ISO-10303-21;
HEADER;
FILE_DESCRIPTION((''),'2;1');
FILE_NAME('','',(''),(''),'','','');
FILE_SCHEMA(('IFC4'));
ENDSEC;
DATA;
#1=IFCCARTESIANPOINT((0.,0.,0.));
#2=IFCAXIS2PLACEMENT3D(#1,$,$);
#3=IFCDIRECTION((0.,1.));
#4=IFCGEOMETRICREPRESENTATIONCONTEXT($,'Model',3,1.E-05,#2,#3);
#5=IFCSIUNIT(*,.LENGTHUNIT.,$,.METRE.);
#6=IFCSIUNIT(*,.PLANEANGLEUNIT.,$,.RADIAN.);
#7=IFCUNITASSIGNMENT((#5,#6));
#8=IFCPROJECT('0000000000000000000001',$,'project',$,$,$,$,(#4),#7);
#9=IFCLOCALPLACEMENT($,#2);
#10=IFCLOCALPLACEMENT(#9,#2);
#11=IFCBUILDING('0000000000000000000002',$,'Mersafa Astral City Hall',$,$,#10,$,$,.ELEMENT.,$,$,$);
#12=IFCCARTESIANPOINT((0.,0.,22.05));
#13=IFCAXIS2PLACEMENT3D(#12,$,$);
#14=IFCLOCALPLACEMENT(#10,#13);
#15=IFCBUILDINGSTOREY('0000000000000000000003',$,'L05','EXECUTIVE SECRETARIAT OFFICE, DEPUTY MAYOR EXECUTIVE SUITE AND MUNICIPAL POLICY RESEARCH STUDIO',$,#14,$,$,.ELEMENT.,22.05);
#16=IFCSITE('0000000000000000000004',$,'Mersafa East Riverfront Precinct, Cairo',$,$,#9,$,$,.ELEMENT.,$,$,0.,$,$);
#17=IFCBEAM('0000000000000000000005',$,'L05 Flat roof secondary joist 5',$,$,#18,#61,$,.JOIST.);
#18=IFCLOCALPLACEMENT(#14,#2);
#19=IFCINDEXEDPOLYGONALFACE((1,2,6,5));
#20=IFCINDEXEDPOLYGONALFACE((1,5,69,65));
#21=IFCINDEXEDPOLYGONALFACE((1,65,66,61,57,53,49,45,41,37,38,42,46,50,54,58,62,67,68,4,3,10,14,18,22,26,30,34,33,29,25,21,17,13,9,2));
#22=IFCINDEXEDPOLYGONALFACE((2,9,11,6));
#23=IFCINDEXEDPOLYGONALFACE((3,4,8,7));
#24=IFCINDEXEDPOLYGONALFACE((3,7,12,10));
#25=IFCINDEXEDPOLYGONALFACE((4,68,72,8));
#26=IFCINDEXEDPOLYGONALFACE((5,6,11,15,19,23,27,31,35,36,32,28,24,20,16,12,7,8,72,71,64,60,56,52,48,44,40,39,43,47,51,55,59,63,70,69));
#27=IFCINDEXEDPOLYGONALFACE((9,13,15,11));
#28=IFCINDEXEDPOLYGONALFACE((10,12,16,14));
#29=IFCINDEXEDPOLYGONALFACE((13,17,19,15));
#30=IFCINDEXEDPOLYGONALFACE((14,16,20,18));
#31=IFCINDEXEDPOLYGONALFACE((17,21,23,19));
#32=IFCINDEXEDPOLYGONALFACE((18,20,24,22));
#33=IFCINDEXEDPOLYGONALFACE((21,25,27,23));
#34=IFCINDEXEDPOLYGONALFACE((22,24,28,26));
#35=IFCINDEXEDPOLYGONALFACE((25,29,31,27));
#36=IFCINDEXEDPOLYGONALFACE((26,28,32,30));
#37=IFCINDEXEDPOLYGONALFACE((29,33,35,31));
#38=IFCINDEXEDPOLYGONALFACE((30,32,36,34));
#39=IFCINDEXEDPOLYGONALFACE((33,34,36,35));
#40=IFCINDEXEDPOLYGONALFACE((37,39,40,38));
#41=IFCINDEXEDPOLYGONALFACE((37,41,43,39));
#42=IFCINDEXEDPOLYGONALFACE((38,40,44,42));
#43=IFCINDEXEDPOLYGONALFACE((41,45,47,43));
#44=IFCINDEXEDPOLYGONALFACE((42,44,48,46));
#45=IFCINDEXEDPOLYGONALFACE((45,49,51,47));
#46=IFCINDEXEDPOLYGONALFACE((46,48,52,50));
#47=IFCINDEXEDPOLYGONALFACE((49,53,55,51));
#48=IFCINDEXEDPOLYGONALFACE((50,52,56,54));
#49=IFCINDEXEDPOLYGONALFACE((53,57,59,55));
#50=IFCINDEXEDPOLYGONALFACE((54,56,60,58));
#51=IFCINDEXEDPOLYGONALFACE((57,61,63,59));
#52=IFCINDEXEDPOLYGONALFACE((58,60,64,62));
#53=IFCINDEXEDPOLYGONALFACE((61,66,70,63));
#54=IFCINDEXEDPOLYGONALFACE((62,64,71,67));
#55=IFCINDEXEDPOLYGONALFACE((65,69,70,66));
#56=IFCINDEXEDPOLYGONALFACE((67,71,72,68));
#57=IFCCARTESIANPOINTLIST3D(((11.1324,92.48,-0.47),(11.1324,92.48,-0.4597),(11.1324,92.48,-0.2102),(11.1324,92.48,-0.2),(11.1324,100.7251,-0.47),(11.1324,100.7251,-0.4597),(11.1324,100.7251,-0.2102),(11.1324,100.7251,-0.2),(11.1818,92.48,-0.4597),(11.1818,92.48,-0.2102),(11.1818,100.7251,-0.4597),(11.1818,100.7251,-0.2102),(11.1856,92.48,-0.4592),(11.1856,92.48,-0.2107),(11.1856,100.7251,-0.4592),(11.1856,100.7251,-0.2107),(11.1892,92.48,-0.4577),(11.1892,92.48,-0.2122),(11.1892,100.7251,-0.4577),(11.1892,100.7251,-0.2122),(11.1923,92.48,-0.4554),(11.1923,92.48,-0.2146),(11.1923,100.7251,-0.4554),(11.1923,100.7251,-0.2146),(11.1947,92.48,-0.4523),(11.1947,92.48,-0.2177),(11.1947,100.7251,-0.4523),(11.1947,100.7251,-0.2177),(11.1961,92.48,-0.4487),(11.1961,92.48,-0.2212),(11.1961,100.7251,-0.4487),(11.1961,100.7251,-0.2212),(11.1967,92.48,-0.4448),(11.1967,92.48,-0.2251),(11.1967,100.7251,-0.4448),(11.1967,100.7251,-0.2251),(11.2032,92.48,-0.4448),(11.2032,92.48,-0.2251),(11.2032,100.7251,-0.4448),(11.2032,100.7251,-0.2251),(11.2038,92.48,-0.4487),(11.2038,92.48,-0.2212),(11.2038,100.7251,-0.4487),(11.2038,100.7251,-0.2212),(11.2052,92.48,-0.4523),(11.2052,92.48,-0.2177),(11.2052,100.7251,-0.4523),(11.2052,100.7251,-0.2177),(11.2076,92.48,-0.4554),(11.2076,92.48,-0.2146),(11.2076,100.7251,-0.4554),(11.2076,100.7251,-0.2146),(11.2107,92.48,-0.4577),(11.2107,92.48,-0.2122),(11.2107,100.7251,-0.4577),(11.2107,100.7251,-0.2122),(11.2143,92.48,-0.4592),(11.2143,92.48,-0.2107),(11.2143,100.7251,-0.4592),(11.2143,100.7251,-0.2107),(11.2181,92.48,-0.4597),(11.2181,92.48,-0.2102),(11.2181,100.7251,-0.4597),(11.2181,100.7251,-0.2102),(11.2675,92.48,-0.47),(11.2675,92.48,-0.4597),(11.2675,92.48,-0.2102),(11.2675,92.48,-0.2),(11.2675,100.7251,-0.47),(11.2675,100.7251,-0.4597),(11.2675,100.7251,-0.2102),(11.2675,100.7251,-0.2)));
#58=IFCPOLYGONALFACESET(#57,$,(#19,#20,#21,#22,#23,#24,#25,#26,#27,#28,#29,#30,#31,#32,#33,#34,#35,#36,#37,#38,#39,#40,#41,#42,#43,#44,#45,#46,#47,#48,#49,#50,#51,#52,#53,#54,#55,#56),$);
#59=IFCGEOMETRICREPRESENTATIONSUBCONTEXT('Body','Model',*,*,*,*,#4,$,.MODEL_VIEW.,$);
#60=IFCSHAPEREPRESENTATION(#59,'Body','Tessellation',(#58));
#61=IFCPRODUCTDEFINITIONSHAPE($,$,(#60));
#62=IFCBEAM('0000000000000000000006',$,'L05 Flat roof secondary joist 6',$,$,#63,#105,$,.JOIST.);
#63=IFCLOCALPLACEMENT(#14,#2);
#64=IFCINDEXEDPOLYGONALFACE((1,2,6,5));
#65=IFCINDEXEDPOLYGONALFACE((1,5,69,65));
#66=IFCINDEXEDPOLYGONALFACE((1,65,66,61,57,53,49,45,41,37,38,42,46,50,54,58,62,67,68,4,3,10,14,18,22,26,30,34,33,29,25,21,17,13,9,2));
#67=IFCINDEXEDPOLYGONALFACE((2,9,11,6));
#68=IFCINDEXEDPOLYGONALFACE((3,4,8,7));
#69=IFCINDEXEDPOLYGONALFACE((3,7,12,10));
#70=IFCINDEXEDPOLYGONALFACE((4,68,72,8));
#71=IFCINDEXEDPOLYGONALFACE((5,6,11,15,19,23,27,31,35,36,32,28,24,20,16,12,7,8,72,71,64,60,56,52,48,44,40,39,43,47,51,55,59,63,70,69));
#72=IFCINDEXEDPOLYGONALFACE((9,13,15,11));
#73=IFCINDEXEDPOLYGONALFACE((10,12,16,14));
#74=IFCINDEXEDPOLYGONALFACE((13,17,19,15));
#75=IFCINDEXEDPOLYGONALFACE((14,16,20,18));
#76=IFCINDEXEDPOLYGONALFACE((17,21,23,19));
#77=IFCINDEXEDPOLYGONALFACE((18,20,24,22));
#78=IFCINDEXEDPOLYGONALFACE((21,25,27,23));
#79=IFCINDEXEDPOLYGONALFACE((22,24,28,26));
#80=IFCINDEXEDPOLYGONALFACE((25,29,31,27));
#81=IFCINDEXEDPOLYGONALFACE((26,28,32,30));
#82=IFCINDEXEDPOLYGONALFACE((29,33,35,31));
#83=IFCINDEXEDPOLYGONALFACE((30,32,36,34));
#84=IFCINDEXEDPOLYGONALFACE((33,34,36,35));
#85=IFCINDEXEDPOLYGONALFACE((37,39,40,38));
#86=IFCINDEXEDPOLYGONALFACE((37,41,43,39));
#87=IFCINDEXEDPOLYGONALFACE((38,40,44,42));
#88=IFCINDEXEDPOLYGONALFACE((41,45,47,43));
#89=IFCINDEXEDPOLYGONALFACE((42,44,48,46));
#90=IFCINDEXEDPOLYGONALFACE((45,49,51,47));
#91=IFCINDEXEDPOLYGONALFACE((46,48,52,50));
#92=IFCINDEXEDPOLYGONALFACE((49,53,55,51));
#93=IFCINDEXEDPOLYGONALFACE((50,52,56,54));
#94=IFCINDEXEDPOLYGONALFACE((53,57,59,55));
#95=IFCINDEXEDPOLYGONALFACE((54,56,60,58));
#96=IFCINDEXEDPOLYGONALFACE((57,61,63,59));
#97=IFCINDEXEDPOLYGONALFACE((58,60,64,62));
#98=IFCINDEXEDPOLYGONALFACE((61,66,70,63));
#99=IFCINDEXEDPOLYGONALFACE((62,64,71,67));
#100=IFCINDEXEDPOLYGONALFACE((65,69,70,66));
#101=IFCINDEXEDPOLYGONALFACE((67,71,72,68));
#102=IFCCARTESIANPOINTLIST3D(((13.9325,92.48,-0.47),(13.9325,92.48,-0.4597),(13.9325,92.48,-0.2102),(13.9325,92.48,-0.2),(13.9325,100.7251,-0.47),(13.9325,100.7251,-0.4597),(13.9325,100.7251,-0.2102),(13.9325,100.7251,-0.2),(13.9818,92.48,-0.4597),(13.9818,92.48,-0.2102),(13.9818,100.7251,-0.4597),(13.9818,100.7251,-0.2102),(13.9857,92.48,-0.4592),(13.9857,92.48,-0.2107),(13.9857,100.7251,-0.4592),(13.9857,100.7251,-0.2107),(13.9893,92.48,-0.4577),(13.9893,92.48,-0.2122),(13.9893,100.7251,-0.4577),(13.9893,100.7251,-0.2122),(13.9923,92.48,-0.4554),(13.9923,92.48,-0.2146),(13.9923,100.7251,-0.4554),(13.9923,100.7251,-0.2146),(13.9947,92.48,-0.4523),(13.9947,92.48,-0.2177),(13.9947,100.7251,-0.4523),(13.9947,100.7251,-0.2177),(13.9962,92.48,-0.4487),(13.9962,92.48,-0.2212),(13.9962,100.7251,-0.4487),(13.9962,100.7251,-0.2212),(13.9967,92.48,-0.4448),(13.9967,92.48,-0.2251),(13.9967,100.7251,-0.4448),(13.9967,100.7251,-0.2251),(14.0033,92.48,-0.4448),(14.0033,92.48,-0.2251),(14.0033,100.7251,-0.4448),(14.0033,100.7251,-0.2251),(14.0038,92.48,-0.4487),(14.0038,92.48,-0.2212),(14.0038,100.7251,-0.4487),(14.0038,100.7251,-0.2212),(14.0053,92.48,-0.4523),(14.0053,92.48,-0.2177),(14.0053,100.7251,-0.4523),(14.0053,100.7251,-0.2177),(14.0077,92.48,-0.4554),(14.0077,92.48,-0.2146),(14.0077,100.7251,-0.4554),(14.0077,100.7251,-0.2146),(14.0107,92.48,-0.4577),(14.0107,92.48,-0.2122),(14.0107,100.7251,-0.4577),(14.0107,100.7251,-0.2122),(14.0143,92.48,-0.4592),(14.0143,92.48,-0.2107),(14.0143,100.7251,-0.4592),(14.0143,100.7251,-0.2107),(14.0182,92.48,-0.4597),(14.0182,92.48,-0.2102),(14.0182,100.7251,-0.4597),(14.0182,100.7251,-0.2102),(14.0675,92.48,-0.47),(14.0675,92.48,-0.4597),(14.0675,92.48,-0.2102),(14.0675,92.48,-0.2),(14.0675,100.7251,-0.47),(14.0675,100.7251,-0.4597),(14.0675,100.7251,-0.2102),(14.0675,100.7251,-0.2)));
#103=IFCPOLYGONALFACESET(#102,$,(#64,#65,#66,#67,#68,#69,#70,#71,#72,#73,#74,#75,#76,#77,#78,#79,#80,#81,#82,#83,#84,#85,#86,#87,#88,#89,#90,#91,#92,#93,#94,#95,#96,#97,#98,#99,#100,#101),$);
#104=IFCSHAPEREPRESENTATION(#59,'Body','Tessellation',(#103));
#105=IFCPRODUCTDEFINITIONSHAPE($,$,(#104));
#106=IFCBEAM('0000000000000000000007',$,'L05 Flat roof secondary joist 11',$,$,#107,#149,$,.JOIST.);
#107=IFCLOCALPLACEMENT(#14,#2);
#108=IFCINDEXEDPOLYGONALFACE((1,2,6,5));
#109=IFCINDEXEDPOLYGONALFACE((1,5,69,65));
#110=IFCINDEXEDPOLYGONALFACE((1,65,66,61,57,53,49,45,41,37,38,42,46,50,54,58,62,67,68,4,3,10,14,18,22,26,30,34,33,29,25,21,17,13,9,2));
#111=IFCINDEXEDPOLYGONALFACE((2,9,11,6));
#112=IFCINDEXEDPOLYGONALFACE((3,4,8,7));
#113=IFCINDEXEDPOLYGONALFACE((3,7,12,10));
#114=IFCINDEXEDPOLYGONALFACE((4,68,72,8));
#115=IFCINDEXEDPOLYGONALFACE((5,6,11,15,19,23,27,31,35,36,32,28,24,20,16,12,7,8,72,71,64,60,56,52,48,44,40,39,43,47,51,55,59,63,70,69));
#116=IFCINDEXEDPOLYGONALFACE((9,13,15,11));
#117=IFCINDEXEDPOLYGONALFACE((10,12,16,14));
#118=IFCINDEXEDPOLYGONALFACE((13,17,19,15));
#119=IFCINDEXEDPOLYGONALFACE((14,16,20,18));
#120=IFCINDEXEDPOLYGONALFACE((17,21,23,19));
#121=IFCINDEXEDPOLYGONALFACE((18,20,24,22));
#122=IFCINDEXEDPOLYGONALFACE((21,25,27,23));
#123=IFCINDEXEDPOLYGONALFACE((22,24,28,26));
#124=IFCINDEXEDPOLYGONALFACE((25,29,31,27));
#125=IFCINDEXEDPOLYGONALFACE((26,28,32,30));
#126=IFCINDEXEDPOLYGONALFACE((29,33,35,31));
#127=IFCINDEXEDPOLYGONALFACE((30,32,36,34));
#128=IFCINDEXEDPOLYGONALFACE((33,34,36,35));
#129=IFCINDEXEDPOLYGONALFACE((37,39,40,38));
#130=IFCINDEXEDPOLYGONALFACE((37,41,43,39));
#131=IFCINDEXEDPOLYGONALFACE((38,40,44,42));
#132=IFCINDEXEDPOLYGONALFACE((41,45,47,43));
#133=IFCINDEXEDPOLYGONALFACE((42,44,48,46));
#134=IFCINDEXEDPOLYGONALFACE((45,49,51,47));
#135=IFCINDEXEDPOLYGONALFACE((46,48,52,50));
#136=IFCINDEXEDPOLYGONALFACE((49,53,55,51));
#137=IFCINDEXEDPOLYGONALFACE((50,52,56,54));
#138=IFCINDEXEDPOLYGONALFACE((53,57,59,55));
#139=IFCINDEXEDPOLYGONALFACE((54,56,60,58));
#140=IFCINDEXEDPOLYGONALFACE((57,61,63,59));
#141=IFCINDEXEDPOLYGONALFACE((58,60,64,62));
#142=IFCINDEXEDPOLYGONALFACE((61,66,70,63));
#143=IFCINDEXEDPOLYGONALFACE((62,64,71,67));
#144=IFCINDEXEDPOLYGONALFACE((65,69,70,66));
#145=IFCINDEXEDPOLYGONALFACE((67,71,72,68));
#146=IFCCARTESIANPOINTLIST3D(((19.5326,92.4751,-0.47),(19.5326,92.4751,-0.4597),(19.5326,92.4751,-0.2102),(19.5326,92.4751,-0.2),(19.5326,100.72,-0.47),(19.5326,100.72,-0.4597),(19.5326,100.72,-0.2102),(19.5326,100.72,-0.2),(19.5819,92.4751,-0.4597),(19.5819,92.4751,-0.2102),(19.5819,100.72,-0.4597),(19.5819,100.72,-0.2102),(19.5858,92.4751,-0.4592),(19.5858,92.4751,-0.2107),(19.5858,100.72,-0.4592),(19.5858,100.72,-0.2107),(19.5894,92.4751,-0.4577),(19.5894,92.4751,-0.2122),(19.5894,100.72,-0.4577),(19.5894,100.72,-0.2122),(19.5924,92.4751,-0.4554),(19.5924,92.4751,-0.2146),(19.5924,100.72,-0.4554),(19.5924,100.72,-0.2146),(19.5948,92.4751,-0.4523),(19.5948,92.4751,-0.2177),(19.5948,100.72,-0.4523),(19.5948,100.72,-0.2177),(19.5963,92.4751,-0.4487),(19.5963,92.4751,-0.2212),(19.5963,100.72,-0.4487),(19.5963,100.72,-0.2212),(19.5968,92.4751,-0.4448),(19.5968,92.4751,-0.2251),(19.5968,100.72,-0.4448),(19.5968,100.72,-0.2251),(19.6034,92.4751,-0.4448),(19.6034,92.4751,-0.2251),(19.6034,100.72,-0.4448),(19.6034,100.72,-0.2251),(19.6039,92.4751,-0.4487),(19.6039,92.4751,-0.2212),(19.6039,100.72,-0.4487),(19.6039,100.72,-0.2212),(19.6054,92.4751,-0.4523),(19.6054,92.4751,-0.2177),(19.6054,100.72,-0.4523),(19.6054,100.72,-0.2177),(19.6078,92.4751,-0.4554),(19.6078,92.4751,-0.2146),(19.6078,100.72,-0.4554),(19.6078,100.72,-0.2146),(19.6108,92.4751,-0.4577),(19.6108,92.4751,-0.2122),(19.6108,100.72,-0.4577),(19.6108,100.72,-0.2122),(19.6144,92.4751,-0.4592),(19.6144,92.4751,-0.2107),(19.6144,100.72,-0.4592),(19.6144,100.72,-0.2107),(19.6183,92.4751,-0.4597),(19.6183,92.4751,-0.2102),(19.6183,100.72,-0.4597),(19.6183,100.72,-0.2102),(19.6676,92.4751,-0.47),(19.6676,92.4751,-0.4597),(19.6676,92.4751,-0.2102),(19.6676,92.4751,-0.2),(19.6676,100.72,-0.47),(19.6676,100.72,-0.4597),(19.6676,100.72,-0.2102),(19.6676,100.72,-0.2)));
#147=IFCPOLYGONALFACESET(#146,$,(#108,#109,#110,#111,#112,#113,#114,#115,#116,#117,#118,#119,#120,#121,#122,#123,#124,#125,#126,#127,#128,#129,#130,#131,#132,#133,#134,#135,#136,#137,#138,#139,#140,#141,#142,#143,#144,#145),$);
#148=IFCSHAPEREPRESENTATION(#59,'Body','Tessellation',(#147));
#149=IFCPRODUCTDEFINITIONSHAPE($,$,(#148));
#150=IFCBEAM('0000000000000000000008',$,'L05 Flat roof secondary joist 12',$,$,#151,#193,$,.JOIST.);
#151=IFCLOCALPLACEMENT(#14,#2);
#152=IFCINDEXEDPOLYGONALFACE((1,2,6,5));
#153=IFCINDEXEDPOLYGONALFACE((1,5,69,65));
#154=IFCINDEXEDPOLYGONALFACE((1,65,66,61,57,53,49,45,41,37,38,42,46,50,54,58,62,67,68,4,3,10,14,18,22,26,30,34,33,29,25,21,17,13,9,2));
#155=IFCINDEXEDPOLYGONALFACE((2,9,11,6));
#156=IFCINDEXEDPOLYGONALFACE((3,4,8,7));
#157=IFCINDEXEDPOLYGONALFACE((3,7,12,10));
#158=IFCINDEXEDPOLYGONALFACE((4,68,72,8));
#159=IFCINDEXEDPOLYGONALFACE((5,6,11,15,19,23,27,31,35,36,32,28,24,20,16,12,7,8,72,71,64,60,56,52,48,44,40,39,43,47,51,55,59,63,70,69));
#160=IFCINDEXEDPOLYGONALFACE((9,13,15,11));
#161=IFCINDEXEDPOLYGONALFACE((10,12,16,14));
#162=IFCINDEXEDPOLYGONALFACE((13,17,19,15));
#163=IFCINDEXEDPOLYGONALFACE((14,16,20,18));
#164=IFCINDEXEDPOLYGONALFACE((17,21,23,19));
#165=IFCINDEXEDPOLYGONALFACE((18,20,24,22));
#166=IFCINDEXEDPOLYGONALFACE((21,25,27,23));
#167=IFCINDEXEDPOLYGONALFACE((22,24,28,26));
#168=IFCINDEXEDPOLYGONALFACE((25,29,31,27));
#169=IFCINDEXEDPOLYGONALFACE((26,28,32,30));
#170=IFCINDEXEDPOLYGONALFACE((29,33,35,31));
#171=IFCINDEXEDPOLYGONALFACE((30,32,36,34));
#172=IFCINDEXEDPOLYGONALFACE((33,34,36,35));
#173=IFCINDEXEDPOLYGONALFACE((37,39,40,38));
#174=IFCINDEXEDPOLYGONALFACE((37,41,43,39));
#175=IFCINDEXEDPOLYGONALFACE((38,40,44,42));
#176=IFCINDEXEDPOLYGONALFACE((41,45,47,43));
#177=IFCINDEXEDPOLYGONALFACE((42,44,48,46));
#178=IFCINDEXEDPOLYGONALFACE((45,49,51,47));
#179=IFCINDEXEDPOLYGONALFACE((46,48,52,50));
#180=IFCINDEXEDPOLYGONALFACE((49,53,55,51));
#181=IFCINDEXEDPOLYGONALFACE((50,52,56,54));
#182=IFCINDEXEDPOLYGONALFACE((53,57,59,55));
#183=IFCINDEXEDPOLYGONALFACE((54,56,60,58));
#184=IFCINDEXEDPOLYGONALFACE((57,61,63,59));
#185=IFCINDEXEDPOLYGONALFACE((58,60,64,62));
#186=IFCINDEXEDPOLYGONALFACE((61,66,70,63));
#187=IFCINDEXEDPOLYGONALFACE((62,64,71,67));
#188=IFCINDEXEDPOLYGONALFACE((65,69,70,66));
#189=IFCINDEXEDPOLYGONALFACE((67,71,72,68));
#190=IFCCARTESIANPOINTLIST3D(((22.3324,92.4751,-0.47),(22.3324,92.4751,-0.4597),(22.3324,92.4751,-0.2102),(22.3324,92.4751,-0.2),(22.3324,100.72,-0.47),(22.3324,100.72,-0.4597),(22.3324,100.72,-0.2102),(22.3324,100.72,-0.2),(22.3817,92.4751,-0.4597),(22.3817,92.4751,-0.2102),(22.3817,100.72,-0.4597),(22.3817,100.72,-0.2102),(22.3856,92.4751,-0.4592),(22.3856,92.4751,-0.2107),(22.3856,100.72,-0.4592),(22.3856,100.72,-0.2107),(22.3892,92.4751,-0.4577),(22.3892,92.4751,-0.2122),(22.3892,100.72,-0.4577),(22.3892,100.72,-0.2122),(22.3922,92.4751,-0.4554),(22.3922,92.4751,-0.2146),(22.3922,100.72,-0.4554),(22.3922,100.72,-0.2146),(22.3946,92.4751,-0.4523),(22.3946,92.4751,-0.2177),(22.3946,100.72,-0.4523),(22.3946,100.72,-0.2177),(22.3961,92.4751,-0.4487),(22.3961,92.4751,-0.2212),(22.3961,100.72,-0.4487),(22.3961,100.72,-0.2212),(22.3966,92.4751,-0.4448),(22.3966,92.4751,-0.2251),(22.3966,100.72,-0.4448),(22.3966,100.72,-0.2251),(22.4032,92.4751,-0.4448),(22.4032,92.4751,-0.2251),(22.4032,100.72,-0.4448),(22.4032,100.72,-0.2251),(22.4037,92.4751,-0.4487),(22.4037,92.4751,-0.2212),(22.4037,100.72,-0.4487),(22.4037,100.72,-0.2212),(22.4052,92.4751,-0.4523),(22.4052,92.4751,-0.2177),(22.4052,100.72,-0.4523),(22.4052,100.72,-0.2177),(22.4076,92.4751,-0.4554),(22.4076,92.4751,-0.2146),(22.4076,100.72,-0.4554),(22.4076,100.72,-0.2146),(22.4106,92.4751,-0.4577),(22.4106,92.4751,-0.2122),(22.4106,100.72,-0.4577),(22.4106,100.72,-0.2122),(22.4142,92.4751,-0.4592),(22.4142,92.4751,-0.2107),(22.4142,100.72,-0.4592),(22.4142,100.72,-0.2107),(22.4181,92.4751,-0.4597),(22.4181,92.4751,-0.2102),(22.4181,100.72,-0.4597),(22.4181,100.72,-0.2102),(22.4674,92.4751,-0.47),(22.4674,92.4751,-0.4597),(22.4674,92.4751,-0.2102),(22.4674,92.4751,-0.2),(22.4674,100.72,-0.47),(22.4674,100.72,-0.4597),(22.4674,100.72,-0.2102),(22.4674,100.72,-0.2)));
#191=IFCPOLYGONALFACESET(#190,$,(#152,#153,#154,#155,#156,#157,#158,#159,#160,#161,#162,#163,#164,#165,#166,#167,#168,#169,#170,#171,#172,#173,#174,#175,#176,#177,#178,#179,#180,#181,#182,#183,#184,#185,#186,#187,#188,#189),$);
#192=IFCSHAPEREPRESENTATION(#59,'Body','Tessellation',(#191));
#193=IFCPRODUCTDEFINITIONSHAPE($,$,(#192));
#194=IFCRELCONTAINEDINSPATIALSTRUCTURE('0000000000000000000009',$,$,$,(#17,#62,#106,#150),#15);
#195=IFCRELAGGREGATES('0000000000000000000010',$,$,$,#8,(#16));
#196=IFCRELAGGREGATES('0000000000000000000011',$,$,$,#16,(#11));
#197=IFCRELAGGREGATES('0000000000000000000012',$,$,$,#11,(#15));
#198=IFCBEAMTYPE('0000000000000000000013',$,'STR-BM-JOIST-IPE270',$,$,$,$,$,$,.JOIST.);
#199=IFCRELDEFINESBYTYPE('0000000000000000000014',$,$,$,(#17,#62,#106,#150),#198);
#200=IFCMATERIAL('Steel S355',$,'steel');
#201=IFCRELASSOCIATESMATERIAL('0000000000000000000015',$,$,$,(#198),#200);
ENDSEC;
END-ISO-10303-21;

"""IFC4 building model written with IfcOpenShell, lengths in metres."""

from ifc_helpers import new_model, si_unit, direction, frame, origin, origin_2d, place, context, subcontext, project, spatial, i_section, extrude, material, material_profile, profile_set, type_object, element, save


model = new_model("IFC4")

# Units and contexts
model_context = context("Model", 3, precision=1e-05, world=origin(), true_north=direction((0.0, 1.0)))
body_context = subcontext(model_context, "Body", "Model", "MODEL_VIEW")
ifc_project = project(units=[si_unit("LENGTHUNIT", "METRE"), si_unit("PLANEANGLEUNIT", "RADIAN")], contexts=[model_context])

# Site, building, storey
site_placement = place(None, origin())
site = spatial("IfcSite", under=ifc_project, at=site_placement, Name="Mersafa East Riverfront Precinct, Cairo", CompositionType="ELEMENT", RefElevation=0.0)
building_placement = place(site_placement, origin())
building = spatial("IfcBuilding", under=site, at=building_placement, Name="Mersafa Astral City Hall", CompositionType="ELEMENT")
storey_placement = place(building_placement, frame((0.0, 0.0, 22.05)))
storey = spatial("IfcBuildingStorey", under=building, at=storey_placement, Name="L05", Description="EXECUTIVE SECRETARIAT OFFICE, DEPUTY MAYOR EXECUTIVE SUITE AND MUNICIPAL POLICY RESEARCH STUDIO", CompositionType="ELEMENT", Elevation=22.05)

# Beams
ifc_material = material(Name="Steel S355", Category="steel")
ifc_material_profile_1 = material_profile(ifc_material, i_section(OverallWidth=0.135, OverallDepth=0.27, WebThickness=0.0066, FlangeThickness=0.0103, FilletRadius=0.0149, at=origin_2d()), Name="IPE 270")
ifc_profile_set_1 = profile_set([ifc_material_profile_1], Name="Steel S355")
beam_type_1 = type_object("IfcBeamType", Name="STR-BM-JOIST-IPE270", PredefinedType="JOIST", material=ifc_profile_set_1)
for number, where, z_axis, x_axis, name in (
    (1, (11.2, 92.48, -0.335), (0.0, 1.0, 0.0), (-1.0, 0.0, 0.0), "L05 Flat roof secondary joist 5"),
    (2, (14.0, 92.48, -0.335), (0.0, 1.0, 0.0), (-1.0, 0.0, 0.0), "L05 Flat roof secondary joist 6"),
):
    element("IfcBeam", number, at=place(storey_placement, frame(where, z_axis=z_axis, x_axis=x_axis)), inside=storey, type_object=beam_type_1, Name=name, PredefinedType="JOIST", context=body_context, shape_type="SweptSolid", body=[
        extrude(i_section(OverallWidth=0.135, OverallDepth=0.27, WebThickness=0.0066, FlangeThickness=0.0103, FilletRadius=0.0149, at=origin_2d()), origin(), (0.0, 0.0, 1.0), 8.2451),
    ])
for number, where, z_axis, x_axis, name in (
    (3, (19.6001, 92.4751, -0.335), (0.0, 1.0, 0.0), (-1.0, 0.0, 0.0), "L05 Flat roof secondary joist 11"),
    (4, (22.3999, 92.4751, -0.335), (0.0, 1.0, 0.0), (-1.0, 0.0, 0.0), "L05 Flat roof secondary joist 12"),
):
    element("IfcBeam", number, at=place(storey_placement, frame(where, z_axis=z_axis, x_axis=x_axis)), inside=storey, type_object=beam_type_1, Name=name, PredefinedType="JOIST", context=body_context, shape_type="SweptSolid", body=[
        extrude(i_section(OverallWidth=0.135, OverallDepth=0.27, WebThickness=0.0066, FlangeThickness=0.0103, FilletRadius=0.0149, at=origin_2d()), origin(), (0.0, 0.0, 1.0), 8.2449),
    ])

save(model, "model.ifc")
